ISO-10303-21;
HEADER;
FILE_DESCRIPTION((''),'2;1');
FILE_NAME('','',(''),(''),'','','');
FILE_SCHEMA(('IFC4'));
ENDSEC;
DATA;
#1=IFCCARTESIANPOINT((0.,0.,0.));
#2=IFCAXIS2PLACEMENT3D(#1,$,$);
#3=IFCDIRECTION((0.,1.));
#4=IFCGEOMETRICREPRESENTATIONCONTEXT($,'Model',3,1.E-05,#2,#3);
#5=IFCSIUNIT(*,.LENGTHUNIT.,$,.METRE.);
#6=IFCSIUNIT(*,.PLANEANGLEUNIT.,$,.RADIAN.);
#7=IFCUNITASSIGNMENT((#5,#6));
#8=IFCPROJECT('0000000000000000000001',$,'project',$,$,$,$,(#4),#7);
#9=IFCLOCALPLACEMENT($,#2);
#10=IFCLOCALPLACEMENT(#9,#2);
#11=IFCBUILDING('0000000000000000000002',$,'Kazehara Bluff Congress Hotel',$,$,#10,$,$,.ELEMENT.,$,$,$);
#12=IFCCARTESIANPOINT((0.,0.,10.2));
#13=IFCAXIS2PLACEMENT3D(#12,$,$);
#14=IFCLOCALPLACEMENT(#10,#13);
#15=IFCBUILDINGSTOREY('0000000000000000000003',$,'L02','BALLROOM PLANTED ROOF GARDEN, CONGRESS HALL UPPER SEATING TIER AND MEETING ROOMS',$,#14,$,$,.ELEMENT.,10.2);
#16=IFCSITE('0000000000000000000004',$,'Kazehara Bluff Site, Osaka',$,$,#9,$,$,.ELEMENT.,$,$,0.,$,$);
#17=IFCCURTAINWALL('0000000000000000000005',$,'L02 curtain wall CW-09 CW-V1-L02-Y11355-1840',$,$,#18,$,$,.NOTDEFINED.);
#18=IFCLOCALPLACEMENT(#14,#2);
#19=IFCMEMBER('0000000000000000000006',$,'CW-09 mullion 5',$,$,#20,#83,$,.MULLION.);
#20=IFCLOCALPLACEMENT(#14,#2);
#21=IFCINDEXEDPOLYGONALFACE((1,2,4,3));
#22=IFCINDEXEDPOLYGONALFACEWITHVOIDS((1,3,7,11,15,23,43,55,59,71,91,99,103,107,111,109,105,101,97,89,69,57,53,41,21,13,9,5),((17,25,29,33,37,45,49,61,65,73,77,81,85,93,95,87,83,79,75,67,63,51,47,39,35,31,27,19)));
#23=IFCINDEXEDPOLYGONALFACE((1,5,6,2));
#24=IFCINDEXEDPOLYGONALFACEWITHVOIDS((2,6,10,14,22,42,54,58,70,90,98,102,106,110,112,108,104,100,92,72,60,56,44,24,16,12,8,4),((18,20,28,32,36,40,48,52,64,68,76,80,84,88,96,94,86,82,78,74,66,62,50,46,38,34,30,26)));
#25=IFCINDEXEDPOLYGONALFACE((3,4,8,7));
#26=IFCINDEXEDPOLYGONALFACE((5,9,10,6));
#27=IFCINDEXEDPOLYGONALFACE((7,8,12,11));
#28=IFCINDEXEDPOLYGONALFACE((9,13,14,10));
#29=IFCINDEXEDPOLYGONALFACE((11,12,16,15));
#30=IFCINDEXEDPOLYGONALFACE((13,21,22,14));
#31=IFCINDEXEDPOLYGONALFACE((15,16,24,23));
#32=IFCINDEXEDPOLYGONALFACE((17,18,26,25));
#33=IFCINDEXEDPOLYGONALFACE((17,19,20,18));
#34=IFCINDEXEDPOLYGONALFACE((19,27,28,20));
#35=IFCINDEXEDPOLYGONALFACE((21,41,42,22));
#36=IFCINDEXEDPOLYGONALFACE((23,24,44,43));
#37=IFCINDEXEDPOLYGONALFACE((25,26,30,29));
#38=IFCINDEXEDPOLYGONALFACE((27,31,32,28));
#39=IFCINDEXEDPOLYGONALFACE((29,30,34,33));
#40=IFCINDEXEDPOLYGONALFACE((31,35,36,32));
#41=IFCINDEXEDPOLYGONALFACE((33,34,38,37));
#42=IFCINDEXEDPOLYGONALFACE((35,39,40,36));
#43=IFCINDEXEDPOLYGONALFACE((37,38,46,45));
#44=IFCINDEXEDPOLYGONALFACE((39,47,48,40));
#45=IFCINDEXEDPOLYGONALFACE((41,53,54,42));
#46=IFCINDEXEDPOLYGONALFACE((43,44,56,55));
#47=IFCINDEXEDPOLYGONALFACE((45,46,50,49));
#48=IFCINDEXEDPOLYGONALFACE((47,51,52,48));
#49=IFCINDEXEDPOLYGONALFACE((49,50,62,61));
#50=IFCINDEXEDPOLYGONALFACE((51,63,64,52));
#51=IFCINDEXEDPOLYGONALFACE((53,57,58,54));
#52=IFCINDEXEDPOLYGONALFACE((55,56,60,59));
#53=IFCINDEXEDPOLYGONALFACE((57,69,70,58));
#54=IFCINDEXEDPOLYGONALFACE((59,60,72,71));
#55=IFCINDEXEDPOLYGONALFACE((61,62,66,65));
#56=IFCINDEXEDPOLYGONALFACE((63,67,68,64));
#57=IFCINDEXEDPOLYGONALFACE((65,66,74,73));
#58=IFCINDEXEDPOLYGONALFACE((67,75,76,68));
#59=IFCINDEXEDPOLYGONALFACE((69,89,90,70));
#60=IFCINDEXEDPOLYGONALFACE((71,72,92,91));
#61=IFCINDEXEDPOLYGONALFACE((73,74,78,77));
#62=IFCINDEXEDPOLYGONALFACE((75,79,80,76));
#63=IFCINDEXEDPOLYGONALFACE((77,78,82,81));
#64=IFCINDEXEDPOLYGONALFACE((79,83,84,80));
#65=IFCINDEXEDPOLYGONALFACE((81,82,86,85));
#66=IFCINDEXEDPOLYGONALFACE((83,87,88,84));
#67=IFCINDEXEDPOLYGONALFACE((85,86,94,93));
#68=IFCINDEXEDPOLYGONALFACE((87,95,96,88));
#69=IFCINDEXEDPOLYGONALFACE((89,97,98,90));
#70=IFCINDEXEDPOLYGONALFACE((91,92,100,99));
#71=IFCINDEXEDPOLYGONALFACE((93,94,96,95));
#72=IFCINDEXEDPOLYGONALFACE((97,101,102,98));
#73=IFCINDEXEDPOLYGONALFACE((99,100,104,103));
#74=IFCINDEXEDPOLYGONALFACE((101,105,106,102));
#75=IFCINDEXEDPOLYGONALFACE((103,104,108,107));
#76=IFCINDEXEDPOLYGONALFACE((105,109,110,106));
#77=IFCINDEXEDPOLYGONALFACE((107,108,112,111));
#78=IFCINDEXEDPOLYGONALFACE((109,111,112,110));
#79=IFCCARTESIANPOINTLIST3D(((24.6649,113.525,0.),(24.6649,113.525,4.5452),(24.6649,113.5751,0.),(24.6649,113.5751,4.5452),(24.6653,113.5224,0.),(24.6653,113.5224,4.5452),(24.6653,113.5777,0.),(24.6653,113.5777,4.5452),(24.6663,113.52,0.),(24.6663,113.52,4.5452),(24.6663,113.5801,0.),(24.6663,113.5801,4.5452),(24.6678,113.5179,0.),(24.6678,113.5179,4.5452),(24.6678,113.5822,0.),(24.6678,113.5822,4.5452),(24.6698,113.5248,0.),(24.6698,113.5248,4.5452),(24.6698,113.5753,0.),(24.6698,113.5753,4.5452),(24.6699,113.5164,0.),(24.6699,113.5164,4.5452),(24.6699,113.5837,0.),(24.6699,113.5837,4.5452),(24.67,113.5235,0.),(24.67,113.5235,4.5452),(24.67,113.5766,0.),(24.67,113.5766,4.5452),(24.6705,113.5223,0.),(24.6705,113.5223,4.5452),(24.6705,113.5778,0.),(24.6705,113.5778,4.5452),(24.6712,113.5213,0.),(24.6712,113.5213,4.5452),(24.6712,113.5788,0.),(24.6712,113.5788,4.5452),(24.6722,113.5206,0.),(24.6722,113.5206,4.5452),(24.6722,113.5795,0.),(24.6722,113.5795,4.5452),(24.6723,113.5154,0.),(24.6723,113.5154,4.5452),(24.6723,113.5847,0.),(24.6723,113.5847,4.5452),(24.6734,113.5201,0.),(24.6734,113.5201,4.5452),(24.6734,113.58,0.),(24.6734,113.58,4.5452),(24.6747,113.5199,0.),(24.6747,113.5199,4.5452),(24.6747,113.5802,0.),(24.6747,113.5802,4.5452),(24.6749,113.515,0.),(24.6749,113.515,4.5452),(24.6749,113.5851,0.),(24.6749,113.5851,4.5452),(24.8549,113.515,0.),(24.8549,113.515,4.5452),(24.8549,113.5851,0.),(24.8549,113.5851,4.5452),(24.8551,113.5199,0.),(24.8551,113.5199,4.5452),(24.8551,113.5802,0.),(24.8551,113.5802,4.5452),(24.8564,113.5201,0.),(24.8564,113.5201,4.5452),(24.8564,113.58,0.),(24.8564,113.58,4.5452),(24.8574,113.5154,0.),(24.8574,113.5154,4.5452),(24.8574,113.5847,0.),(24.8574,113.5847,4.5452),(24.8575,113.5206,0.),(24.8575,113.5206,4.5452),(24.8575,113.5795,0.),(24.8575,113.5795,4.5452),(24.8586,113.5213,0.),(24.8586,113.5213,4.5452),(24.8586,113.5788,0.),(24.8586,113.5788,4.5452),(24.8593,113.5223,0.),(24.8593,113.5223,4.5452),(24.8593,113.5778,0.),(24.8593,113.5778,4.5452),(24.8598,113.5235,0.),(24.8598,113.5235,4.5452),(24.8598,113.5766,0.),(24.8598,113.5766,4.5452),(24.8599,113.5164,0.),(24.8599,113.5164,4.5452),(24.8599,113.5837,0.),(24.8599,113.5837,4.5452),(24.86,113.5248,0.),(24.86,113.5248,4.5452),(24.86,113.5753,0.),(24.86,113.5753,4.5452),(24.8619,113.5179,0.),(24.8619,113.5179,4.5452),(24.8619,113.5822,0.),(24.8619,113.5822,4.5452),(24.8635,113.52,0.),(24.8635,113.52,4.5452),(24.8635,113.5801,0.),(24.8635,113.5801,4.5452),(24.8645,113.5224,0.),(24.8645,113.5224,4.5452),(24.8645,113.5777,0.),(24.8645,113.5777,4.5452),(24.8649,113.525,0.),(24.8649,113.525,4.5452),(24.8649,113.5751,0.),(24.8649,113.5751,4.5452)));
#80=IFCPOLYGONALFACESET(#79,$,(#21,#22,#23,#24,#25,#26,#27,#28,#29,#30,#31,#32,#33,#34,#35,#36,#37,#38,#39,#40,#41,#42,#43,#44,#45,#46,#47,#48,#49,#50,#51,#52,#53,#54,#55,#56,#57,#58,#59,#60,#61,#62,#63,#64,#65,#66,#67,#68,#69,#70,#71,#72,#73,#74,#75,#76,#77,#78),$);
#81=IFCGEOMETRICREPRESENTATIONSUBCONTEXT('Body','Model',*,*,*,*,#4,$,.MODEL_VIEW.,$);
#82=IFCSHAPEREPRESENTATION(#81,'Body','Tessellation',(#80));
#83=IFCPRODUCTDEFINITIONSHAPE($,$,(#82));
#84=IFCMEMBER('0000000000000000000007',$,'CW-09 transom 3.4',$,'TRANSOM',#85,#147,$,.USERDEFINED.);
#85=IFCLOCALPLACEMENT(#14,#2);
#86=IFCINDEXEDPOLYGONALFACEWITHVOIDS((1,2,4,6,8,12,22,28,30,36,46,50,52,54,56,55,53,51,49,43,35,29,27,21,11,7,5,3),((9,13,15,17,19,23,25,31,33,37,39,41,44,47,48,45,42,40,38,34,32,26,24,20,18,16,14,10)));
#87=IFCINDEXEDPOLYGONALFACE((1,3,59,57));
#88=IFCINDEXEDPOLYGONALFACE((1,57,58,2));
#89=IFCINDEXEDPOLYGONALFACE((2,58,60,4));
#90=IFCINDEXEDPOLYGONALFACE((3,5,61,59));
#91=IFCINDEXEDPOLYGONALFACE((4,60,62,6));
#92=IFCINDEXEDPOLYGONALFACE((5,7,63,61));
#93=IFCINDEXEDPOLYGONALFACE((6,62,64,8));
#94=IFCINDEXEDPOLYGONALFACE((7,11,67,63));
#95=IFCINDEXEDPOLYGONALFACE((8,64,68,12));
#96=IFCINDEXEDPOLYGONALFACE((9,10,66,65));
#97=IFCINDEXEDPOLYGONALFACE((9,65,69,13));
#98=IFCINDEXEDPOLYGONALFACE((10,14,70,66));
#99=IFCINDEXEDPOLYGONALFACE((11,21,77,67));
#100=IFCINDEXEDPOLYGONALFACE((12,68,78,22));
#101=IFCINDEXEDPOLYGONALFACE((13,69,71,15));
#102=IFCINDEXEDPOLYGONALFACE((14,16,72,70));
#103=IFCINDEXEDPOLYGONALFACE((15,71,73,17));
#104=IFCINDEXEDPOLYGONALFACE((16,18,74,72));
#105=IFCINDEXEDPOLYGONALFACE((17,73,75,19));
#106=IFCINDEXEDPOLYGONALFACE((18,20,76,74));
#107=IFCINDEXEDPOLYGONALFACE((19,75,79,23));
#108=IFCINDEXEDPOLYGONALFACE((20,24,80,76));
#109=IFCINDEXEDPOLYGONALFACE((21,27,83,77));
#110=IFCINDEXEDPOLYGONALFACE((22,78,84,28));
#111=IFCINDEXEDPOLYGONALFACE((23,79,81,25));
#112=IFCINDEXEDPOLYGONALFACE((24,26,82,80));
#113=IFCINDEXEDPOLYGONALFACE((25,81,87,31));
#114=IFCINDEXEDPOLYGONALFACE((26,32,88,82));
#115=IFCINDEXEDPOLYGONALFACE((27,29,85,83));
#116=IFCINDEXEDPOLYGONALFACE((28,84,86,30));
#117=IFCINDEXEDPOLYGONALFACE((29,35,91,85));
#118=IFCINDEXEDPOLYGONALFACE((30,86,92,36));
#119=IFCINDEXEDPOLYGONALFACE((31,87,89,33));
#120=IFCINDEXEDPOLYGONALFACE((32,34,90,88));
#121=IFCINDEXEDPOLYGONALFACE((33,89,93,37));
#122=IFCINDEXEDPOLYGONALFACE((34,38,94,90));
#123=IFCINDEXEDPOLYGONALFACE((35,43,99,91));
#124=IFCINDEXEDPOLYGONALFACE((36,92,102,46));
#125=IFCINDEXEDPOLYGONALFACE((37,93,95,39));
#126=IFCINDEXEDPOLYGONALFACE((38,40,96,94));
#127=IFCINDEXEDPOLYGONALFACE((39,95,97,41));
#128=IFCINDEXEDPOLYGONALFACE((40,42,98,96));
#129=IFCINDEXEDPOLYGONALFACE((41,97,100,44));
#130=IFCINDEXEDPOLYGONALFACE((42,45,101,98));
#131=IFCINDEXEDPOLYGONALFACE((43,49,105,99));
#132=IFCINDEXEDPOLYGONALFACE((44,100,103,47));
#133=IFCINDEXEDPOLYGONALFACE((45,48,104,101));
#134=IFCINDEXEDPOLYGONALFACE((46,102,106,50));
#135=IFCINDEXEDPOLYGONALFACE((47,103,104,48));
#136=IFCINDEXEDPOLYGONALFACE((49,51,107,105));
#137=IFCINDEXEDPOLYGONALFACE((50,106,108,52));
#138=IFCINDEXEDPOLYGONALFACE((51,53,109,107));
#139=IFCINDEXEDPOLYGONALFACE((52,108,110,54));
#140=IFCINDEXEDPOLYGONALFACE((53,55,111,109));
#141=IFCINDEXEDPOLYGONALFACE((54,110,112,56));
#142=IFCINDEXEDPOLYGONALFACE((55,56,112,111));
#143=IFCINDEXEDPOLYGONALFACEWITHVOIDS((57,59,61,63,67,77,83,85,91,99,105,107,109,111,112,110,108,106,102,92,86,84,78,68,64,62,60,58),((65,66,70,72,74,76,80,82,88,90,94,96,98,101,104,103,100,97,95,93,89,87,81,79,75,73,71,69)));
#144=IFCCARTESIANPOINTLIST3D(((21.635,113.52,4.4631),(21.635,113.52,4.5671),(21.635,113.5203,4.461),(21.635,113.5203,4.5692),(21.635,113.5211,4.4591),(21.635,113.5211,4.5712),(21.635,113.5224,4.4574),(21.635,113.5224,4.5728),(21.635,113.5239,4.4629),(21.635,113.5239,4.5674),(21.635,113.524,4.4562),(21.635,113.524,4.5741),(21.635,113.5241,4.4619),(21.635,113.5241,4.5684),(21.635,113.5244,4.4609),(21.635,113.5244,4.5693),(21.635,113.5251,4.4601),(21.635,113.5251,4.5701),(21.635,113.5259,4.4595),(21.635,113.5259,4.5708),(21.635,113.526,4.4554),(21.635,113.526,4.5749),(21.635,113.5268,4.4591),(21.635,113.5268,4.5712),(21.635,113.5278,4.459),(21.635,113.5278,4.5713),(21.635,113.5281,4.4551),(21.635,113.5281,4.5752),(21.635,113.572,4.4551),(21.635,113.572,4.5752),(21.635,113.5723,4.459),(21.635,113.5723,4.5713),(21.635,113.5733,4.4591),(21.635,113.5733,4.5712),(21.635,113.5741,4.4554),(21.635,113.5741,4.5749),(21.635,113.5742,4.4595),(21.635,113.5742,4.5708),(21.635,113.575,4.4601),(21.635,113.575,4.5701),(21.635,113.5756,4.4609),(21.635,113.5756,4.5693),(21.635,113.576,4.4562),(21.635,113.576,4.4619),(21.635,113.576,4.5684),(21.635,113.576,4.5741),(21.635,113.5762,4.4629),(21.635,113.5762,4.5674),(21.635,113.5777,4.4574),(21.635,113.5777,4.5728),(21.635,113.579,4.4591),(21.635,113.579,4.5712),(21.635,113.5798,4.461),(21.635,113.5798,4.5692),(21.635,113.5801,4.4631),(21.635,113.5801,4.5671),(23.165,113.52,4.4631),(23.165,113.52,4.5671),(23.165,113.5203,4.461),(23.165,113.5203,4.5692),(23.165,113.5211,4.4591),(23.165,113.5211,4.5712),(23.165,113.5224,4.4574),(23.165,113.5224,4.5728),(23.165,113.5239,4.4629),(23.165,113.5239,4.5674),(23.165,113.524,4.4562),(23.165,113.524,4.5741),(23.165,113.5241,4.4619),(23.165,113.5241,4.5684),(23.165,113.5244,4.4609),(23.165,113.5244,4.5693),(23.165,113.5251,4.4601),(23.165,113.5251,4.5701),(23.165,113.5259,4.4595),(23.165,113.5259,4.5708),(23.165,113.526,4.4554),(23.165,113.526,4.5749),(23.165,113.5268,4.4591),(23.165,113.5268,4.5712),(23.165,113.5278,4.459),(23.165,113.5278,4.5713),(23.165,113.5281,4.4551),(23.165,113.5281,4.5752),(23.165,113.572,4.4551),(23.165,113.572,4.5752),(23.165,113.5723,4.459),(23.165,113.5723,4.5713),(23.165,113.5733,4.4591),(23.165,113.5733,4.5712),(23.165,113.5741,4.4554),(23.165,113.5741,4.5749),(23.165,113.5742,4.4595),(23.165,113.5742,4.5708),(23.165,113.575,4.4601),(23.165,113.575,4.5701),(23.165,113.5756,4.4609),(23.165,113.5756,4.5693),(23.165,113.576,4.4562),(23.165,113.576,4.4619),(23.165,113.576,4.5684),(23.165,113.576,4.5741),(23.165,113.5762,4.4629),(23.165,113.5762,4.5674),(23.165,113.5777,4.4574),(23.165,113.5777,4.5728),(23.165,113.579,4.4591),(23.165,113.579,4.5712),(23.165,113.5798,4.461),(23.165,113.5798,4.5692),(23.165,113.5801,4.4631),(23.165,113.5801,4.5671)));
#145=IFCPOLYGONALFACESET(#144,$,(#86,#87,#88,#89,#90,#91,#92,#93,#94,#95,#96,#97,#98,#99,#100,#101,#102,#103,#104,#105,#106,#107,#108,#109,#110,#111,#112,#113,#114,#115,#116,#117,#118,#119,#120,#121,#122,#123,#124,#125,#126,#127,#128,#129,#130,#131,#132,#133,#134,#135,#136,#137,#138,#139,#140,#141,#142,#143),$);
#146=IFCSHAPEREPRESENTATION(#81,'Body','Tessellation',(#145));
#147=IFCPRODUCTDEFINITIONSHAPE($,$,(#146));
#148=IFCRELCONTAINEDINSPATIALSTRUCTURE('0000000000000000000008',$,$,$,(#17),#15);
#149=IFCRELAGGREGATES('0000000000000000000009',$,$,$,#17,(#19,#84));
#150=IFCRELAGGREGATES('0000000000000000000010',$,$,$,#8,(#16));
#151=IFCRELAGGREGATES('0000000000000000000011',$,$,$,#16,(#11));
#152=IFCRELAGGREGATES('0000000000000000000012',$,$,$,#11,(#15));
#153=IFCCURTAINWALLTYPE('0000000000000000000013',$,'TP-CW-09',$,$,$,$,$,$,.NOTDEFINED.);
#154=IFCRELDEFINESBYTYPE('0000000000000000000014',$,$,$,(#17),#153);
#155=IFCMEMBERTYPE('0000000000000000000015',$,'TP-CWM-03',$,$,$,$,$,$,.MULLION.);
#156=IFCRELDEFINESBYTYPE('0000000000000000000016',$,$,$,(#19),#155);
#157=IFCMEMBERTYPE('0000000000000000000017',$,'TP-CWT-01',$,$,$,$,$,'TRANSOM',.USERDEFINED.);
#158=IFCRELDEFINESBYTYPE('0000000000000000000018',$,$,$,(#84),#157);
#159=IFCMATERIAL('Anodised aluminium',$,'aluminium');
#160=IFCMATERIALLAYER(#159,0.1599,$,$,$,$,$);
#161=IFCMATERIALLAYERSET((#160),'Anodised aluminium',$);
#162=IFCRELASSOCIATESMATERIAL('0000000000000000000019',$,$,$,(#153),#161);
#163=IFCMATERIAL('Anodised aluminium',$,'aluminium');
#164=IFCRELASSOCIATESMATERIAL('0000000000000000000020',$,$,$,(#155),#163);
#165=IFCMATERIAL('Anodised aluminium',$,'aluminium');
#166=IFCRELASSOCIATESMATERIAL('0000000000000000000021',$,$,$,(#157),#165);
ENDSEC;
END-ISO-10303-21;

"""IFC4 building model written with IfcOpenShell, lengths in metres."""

from ifc_helpers import new_model, si_unit, direction, frame, origin, origin_2d, place, context, subcontext, project, spatial, hollow_rectangle, extrude, material, layer, layer_set, material_profile, profile_set, type_object, element, aggregate, save


model = new_model("IFC4")

# Units and contexts
model_context = context("Model", 3, precision=1e-05, world=origin(), true_north=direction((0.0, 1.0)))
body_context = subcontext(model_context, "Body", "Model", "MODEL_VIEW")
ifc_project = project(units=[si_unit("LENGTHUNIT", "METRE"), si_unit("PLANEANGLEUNIT", "RADIAN")], contexts=[model_context])

# Site, building, storey
site_placement = place(None, origin())
site = spatial("IfcSite", under=ifc_project, at=site_placement, Name="Kazehara Bluff Site, Osaka", CompositionType="ELEMENT", RefElevation=0.0)
building_placement = place(site_placement, origin())
building = spatial("IfcBuilding", under=site, at=building_placement, Name="Kazehara Bluff Congress Hotel", CompositionType="ELEMENT")
storey_placement = place(building_placement, frame((0.0, 0.0, 10.2)))
storey = spatial("IfcBuildingStorey", under=building, at=storey_placement, Name="L02", Description="BALLROOM PLANTED ROOF GARDEN, CONGRESS HALL UPPER SEATING TIER AND MEETING ROOMS", CompositionType="ELEMENT", Elevation=10.2)

# Curtain wall, members
ifc_material_1 = material(Name="Anodised aluminium", Category="aluminium")
ifc_layer_1 = layer(ifc_material_1, 0.1599)
ifc_layer_set_1 = layer_set([ifc_layer_1], Name="Anodised aluminium")
curtain_wall_type_1 = type_object("IfcCurtainWallType", Name="TP-CW-09", PredefinedType="NOTDEFINED", material=ifc_layer_set_1)
curtain_wall_1_placement = place(storey_placement, origin())
curtain_wall_1 = element("IfcCurtainWall", 1, at=curtain_wall_1_placement, inside=storey, type_object=curtain_wall_type_1, Name="L02 curtain wall CW-09 CW-V1-L02-Y11355-1840", PredefinedType="NOTDEFINED")
ifc_material_2 = material(Name="Anodised aluminium", Category="aluminium")
ifc_material_profile_1 = material_profile(ifc_material_2, hollow_rectangle(XDim=0.0701, YDim=0.2, WallThickness=0.0049, InnerFilletRadius=0.0049, OuterFilletRadius=0.01, at=origin_2d()))
ifc_profile_set_1 = profile_set([ifc_material_profile_1], Name="Anodised aluminium")
member_type_1 = type_object("IfcMemberType", Name="TP-CWM-03", PredefinedType="MULLION", material=ifc_profile_set_1)
member_1_placement = place(storey_placement, frame((24.7649, 113.55, 0.0), z_axis=(0.0, 0.0, 1.0), x_axis=(0.0, 1.0, 0.0)))
member_1 = element("IfcMember", 2, at=member_1_placement, type_object=member_type_1, Name="CW-09 mullion 5", PredefinedType="MULLION", context=body_context, shape_type="SweptSolid", body=[
    extrude(hollow_rectangle(XDim=0.0701, YDim=0.2, WallThickness=0.0049, InnerFilletRadius=0.0049, OuterFilletRadius=0.01, at=origin_2d()), origin(), (0.0, 0.0, 1.0), 4.5452),
])
ifc_material_3 = material(Name="Anodised aluminium", Category="aluminium")
ifc_material_profile_2 = material_profile(ifc_material_3, hollow_rectangle(XDim=0.0601, YDim=0.1201, WallThickness=0.0039, InnerFilletRadius=0.0039, OuterFilletRadius=0.0081, at=origin_2d()))
ifc_profile_set_2 = profile_set([ifc_material_profile_2], Name="Anodised aluminium")
member_type_2 = type_object("IfcMemberType", Name="TP-CWT-01", ElementType="TRANSOM", PredefinedType="USERDEFINED", material=ifc_profile_set_2)
member_2_placement = place(storey_placement, frame((21.635, 113.55, 4.5151), z_axis=(1.0, 0.0, 0.0), x_axis=(0.0, 1.0, 0.0)))
member_2 = element("IfcMember", 3, at=member_2_placement, type_object=member_type_2, Name="CW-09 transom 3.4", ObjectType="TRANSOM", PredefinedType="USERDEFINED", context=body_context, shape_type="SweptSolid", body=[
    extrude(hollow_rectangle(XDim=0.0601, YDim=0.1201, WallThickness=0.0039, InnerFilletRadius=0.0039, OuterFilletRadius=0.0081, at=origin_2d()), origin(), (0.0, 0.0, 1.0), 1.53),
])

aggregate(curtain_wall_1, [member_1, member_2])

save(model, "model.ifc")
